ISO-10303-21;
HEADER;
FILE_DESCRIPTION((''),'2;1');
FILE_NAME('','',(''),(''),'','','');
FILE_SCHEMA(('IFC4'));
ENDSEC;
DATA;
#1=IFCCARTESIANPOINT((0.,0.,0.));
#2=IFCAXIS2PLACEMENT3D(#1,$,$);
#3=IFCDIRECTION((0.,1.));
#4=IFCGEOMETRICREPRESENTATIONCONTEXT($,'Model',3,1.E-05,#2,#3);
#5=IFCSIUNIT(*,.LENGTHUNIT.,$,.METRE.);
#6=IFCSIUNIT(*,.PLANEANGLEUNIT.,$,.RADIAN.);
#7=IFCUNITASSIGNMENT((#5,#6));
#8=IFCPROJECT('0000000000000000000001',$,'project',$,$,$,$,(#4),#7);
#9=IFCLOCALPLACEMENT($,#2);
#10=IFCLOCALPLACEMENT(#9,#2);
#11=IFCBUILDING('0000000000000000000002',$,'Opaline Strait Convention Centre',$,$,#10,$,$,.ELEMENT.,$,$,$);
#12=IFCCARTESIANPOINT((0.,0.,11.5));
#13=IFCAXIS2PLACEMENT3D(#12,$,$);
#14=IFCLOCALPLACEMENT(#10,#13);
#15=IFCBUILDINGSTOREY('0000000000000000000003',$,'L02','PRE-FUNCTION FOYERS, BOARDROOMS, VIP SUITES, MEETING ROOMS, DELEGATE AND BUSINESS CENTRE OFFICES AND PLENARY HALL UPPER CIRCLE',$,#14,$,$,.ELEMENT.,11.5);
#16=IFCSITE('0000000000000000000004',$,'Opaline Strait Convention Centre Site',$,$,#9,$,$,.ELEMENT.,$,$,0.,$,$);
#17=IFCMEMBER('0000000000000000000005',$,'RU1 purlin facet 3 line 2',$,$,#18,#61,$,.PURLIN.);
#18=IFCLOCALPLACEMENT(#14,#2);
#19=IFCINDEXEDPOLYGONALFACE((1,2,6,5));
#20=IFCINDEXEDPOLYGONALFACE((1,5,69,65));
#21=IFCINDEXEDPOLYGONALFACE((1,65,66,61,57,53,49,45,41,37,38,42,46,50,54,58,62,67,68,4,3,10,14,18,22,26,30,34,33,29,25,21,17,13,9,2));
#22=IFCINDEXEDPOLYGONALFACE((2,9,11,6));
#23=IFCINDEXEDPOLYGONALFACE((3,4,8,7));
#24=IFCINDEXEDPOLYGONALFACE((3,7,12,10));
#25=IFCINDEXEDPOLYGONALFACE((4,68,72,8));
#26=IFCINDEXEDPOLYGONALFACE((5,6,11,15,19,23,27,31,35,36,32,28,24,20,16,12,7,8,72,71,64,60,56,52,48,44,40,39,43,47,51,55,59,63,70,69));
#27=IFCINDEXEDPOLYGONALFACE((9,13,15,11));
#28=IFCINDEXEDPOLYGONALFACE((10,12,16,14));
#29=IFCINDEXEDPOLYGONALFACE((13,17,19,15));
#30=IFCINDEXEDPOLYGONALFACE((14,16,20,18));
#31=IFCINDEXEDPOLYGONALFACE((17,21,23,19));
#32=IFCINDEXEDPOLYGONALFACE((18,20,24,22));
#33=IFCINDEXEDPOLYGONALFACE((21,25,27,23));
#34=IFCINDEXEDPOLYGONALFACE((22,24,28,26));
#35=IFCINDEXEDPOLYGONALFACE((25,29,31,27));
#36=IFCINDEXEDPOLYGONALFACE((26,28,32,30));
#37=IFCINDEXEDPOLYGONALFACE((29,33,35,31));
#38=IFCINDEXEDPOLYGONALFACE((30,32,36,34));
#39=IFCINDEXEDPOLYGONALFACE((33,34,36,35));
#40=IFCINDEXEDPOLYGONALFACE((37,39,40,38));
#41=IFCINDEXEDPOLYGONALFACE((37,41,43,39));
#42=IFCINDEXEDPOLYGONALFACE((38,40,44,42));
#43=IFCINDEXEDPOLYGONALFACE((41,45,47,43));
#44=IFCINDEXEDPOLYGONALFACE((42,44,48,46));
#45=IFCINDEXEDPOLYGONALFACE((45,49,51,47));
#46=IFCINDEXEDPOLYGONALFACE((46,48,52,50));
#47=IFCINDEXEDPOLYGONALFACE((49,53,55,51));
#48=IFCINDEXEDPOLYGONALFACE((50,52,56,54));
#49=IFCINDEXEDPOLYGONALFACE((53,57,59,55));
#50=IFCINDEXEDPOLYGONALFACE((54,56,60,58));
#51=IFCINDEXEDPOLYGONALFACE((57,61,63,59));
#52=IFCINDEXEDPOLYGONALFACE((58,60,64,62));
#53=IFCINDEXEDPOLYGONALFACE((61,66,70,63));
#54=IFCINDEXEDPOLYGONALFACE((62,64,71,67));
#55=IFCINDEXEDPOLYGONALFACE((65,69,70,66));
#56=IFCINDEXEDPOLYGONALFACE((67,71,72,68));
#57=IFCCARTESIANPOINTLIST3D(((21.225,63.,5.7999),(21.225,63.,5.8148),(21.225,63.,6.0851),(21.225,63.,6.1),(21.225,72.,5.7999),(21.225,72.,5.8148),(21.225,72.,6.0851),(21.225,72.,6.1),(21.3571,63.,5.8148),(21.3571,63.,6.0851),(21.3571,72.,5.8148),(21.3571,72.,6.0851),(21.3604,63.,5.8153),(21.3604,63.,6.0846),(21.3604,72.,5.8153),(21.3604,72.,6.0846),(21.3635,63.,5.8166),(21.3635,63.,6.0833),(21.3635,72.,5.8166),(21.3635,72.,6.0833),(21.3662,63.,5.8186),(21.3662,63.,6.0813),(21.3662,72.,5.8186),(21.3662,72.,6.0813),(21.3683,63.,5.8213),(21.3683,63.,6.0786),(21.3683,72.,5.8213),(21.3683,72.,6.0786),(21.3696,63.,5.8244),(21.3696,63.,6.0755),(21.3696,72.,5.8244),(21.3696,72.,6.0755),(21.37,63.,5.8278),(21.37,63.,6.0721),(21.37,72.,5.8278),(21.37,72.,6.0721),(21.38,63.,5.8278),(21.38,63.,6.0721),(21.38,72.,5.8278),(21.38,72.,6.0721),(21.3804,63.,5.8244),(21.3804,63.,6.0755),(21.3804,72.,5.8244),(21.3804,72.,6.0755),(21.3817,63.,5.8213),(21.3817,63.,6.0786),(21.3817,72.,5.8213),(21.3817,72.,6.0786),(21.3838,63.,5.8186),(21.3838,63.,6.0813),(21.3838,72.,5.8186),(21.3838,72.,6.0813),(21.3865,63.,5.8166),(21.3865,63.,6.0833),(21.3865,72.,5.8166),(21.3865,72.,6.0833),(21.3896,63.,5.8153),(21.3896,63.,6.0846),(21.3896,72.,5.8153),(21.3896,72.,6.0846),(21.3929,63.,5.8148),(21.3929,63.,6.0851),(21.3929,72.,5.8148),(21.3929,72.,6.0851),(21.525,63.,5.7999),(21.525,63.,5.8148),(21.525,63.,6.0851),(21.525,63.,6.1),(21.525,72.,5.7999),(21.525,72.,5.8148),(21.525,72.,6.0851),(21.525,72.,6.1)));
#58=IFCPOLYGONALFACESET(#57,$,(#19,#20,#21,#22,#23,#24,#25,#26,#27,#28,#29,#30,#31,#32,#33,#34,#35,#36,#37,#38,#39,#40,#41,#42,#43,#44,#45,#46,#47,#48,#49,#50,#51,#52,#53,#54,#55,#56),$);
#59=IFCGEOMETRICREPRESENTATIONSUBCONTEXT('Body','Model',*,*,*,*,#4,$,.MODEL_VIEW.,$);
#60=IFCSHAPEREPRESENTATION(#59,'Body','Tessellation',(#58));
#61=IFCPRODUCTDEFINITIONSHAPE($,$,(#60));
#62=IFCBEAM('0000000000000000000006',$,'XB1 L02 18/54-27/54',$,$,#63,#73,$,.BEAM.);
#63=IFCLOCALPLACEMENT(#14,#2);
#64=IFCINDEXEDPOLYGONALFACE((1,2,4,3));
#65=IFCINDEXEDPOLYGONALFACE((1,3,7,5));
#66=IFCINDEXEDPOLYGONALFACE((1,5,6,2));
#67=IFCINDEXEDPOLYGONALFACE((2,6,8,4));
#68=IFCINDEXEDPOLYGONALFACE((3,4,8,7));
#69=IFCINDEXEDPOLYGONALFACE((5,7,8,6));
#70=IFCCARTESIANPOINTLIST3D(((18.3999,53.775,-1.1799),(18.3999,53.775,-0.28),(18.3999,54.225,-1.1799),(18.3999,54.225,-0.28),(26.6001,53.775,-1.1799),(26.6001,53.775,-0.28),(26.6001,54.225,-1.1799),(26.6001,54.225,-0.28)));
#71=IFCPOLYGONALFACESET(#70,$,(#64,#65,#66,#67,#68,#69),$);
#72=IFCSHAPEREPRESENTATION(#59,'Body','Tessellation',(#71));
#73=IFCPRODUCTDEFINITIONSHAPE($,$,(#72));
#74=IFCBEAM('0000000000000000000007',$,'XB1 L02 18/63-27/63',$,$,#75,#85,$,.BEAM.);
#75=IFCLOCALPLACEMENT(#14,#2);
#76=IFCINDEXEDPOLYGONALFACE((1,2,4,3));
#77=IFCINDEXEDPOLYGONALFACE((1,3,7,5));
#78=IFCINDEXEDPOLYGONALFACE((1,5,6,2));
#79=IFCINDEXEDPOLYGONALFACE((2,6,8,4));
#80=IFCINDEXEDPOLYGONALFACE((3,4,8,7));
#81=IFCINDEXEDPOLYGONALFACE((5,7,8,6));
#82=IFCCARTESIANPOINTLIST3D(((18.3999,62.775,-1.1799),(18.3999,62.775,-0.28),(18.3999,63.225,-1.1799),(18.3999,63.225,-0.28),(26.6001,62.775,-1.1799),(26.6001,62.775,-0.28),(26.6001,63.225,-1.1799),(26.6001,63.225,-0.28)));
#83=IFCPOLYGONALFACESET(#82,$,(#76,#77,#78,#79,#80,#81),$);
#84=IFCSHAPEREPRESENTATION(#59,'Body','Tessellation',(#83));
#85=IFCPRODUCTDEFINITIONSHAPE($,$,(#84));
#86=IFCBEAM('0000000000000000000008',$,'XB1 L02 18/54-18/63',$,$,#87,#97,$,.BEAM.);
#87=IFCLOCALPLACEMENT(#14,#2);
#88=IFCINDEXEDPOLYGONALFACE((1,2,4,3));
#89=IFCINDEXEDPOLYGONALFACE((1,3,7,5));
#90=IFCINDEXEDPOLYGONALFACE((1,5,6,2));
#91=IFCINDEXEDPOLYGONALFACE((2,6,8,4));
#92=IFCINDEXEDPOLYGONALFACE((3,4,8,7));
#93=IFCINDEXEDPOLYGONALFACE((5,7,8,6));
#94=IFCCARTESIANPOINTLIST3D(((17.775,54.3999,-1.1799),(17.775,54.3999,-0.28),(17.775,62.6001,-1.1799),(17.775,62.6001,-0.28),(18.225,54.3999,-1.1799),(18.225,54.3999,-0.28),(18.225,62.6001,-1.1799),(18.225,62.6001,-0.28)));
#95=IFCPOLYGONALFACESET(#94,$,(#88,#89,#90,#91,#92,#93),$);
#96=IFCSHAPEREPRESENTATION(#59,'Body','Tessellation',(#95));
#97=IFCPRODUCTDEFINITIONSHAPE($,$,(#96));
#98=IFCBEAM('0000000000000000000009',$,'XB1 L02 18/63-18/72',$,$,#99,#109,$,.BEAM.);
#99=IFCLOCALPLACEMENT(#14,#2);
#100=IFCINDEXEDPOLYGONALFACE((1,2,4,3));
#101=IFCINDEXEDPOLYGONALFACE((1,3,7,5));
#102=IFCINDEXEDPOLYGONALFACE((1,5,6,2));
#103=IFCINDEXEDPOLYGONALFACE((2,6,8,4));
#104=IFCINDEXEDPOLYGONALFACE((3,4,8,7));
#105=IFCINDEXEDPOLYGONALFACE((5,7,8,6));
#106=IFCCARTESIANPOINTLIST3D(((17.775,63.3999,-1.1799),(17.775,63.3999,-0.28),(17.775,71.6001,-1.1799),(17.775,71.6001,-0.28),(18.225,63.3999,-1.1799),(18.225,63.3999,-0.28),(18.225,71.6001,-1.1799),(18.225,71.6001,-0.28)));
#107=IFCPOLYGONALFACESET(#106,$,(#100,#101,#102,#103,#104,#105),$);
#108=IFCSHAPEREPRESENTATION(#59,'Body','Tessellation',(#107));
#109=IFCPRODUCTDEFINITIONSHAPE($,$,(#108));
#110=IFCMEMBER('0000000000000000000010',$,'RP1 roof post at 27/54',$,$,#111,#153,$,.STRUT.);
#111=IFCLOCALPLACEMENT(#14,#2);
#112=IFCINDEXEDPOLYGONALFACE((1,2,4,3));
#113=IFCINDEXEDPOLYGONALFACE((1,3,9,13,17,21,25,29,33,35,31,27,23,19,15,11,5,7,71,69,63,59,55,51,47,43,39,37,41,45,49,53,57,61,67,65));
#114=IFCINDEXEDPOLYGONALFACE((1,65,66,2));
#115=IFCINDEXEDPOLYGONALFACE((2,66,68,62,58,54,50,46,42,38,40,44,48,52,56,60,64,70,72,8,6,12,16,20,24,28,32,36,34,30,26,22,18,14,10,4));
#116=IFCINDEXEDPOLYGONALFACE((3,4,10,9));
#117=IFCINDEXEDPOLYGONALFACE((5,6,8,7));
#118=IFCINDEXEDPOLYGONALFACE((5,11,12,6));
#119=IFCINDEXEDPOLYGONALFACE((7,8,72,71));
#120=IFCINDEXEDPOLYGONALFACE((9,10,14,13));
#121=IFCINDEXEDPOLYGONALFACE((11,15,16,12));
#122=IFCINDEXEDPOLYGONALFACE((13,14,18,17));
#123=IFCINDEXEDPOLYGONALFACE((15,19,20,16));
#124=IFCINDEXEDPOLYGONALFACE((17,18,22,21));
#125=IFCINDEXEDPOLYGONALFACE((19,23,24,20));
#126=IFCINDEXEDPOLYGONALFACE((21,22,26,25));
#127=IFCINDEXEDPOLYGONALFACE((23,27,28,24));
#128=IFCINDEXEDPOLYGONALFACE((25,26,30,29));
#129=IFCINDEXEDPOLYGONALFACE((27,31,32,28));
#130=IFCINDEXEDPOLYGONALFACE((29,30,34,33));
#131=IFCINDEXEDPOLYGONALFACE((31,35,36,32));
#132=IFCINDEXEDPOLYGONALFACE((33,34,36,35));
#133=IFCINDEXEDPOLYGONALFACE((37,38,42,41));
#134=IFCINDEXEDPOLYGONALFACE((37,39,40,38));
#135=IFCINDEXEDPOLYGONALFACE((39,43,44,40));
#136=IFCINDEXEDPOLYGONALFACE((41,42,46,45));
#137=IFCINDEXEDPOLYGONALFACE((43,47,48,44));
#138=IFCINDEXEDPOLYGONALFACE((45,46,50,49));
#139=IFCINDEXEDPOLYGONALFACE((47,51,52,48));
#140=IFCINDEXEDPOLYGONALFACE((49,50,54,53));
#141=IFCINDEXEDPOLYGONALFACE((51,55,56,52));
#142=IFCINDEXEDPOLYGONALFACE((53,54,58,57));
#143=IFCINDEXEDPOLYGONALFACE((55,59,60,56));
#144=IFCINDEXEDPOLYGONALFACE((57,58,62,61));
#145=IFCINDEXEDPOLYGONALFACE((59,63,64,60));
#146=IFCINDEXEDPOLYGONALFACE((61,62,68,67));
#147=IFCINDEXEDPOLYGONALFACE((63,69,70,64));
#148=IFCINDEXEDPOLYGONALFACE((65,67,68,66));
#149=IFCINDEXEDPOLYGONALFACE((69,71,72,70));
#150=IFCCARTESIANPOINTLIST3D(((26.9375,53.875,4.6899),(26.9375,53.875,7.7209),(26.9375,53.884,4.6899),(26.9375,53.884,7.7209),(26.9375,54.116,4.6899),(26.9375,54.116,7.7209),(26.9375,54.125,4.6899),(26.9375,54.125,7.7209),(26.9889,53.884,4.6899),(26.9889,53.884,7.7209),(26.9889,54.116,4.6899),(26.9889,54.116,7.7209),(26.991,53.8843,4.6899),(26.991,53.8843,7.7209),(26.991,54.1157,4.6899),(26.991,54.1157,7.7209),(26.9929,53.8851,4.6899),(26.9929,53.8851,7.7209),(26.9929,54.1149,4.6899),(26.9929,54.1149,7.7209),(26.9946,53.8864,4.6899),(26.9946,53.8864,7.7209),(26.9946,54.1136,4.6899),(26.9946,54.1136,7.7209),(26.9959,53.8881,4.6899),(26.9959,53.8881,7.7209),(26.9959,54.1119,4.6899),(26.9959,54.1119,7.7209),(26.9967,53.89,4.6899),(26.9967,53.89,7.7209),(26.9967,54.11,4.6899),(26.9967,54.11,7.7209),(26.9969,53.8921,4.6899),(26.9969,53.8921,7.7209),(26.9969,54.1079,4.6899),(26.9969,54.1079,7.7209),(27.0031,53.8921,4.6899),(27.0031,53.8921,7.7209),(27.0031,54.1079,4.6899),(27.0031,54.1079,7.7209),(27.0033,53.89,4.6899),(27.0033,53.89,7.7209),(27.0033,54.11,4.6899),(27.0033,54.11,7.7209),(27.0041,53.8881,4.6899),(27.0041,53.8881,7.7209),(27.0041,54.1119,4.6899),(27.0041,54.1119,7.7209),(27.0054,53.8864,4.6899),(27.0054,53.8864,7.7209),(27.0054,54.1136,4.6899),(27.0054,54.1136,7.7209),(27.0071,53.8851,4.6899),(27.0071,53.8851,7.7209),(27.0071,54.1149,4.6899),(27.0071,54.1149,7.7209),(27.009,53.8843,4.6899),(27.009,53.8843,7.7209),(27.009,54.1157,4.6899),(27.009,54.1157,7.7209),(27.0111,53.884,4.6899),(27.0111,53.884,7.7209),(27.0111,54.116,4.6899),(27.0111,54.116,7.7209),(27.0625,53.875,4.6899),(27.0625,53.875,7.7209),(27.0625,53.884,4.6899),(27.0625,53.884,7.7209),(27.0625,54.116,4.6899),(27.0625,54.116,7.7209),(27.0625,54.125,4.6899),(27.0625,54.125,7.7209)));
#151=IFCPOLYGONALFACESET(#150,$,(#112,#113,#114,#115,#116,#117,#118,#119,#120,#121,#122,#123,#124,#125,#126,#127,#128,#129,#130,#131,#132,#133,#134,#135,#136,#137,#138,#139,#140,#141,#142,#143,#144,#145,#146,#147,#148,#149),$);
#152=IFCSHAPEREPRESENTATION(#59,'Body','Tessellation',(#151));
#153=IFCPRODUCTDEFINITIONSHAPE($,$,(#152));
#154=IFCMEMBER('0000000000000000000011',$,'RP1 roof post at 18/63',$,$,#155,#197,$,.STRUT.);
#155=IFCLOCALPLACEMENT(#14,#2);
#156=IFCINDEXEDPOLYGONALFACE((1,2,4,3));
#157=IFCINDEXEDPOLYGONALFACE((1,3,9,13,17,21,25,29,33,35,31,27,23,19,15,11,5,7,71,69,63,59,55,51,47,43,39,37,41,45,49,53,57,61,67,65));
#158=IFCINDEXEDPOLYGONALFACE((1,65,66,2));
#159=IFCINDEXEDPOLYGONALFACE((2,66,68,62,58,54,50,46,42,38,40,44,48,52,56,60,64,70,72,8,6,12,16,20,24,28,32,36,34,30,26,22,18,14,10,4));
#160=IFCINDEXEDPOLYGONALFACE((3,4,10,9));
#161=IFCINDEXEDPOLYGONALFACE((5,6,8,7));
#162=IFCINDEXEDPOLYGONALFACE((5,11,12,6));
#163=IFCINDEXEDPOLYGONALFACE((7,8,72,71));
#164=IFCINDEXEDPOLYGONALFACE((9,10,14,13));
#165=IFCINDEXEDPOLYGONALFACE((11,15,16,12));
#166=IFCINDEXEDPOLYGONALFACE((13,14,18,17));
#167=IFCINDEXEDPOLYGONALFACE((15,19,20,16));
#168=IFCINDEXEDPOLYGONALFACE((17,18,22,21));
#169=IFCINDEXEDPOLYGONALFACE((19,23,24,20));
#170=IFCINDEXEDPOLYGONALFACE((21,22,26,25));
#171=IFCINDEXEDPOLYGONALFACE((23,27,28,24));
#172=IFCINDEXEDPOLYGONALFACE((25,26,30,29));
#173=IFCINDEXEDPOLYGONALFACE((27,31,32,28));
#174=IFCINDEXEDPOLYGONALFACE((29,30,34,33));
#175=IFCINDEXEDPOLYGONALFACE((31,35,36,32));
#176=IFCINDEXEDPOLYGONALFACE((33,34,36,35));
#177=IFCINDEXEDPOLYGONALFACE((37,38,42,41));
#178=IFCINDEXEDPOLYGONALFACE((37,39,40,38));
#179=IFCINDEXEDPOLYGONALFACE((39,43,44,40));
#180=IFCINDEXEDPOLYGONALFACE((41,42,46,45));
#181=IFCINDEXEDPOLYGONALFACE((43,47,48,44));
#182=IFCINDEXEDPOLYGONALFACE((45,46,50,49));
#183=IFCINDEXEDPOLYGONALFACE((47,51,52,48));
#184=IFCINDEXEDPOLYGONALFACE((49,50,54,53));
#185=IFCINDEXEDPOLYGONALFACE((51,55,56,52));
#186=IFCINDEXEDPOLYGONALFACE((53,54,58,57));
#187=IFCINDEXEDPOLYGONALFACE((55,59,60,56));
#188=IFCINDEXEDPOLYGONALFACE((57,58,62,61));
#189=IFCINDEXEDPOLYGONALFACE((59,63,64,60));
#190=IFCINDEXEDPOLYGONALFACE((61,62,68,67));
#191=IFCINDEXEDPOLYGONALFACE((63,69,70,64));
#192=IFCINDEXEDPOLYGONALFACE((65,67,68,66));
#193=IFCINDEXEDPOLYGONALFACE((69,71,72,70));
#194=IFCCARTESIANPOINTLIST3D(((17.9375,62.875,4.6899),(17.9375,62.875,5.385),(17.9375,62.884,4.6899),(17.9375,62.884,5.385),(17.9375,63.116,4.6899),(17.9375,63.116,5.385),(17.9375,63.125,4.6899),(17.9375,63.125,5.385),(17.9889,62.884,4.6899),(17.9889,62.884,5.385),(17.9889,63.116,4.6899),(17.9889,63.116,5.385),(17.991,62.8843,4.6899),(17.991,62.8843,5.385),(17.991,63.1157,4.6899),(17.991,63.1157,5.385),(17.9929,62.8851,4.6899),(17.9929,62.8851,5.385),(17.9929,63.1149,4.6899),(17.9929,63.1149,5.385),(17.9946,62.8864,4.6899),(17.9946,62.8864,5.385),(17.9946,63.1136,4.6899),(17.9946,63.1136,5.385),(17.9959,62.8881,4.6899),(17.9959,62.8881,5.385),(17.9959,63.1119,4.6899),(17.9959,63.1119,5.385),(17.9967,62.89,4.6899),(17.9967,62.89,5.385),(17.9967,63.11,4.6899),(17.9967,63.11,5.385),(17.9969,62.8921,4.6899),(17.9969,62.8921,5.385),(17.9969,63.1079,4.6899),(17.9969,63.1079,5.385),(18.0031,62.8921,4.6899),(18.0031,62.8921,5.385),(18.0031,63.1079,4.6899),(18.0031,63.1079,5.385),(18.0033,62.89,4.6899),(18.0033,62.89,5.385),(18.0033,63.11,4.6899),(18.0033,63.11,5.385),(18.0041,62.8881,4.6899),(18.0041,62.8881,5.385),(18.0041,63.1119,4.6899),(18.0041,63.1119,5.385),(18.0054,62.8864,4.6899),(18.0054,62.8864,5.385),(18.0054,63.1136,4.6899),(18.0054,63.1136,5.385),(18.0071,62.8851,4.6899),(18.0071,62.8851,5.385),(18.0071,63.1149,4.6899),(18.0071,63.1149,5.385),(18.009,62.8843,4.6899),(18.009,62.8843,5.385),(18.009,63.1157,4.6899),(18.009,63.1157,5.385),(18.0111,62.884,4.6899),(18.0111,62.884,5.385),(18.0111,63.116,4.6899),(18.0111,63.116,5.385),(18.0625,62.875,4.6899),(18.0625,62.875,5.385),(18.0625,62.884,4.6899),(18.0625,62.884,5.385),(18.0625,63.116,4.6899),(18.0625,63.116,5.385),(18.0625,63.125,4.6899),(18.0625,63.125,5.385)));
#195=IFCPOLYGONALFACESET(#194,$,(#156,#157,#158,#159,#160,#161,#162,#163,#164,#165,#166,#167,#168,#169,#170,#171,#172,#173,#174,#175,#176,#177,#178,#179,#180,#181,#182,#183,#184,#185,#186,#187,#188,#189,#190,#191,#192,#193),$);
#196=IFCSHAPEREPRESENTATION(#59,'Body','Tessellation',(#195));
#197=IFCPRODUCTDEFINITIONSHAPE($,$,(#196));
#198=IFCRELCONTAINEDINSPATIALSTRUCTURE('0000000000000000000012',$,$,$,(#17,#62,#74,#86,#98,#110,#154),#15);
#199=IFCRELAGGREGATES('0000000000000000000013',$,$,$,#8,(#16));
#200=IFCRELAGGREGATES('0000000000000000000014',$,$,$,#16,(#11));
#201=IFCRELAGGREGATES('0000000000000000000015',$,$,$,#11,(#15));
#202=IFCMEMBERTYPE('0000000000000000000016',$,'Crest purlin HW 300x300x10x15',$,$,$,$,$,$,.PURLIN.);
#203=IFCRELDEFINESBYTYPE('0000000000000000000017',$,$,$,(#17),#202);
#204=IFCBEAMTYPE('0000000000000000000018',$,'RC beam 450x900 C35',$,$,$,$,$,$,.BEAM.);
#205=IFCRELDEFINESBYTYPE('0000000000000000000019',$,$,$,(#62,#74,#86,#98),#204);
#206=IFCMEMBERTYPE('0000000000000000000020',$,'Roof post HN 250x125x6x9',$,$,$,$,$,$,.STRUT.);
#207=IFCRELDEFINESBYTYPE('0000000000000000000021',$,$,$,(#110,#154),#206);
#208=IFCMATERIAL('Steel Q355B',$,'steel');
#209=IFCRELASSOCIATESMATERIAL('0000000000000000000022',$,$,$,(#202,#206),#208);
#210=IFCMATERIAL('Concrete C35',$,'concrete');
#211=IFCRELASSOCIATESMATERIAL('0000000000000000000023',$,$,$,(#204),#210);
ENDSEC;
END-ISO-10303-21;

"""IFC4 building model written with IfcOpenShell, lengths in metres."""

from ifc_helpers import new_model, si_unit, direction, frame, origin, origin_2d, place, context, subcontext, project, spatial, rectangle, i_section, extrude, material, material_profile, profile_set, type_object, element, save


model = new_model("IFC4")

# Units and contexts
model_context = context("Model", 3, precision=1e-05, world=origin(), true_north=direction((0.0, 1.0)))
body_context = subcontext(model_context, "Body", "Model", "MODEL_VIEW")
ifc_project = project(units=[si_unit("LENGTHUNIT", "METRE"), si_unit("PLANEANGLEUNIT", "RADIAN")], contexts=[model_context])

# Site, building, storey
site_placement = place(None, origin())
site = spatial("IfcSite", under=ifc_project, at=site_placement, Name="Opaline Strait Convention Centre Site", CompositionType="ELEMENT", RefElevation=0.0)
building_placement = place(site_placement, origin())
building = spatial("IfcBuilding", under=site, at=building_placement, Name="Opaline Strait Convention Centre", CompositionType="ELEMENT")
storey_placement = place(building_placement, frame((0.0, 0.0, 11.5)))
storey = spatial("IfcBuildingStorey", under=building, at=storey_placement, Name="L02", Description="PRE-FUNCTION FOYERS, BOARDROOMS, VIP SUITES, MEETING ROOMS, DELEGATE AND BUSINESS CENTRE OFFICES AND PLENARY HALL UPPER CIRCLE", CompositionType="ELEMENT", Elevation=11.5)

# Member
ifc_material_1 = material(Name="Steel Q355B", Category="steel")
ifc_material_profile_1 = material_profile(ifc_material_1, i_section(OverallWidth=0.3, OverallDepth=0.3, WebThickness=0.01, FlangeThickness=0.0149, FilletRadius=0.0129, at=origin_2d()), Name="HW 300x300x10x15")
ifc_profile_set_1 = profile_set([ifc_material_profile_1], Name="Steel Q355B")
member_type_1 = type_object("IfcMemberType", Name="Crest purlin HW 300x300x10x15", PredefinedType="PURLIN", material=ifc_profile_set_1)
for number, where, z_axis, x_axis, name in (
    (1, (21.375, 63.0, 5.95), (0.0, 1.0, 0.0), (-1.0, 0.0, 0.0), "RU1 purlin facet 3 line 2"),
):
    element("IfcMember", number, at=place(storey_placement, frame(where, z_axis=z_axis, x_axis=x_axis)), inside=storey, type_object=member_type_1, Name=name, PredefinedType="PURLIN", context=body_context, shape_type="SweptSolid", body=[
        extrude(i_section(OverallWidth=0.3, OverallDepth=0.3, WebThickness=0.01, FlangeThickness=0.0149, FilletRadius=0.0129, at=origin_2d()), origin(), (0.0, 0.0, 1.0), 9.0),
    ])

# Beams
ifc_material_2 = material(Name="Concrete C35", Category="concrete")
ifc_material_profile_2 = material_profile(ifc_material_2, rectangle(XDim=0.45, YDim=0.8999, at=origin_2d()), Name="RC 450x900")
ifc_profile_set_2 = profile_set([ifc_material_profile_2], Name="Concrete C35")
beam_type = type_object("IfcBeamType", Name="RC beam 450x900 C35", PredefinedType="BEAM", material=ifc_profile_set_2)
for number, where, z_axis, x_axis, name in (
    (2, (18.3999, 54.0, -0.73), (1.0, 0.0, 0.0), (0.0, 1.0, 0.0), "XB1 L02 18/54-27/54"),
    (3, (18.3999, 63.0, -0.73), (1.0, 0.0, 0.0), (0.0, 1.0, 0.0), "XB1 L02 18/63-27/63"),
    (4, (18.0, 54.3999, -0.73), (0.0, 1.0, 0.0), (-1.0, 0.0, 0.0), "XB1 L02 18/54-18/63"),
    (5, (18.0, 63.3999, -0.73), (0.0, 1.0, 0.0), (-1.0, 0.0, 0.0), "XB1 L02 18/63-18/72"),
):
    element("IfcBeam", number, at=place(storey_placement, frame(where, z_axis=z_axis, x_axis=x_axis)), inside=storey, type_object=beam_type, Name=name, PredefinedType="BEAM", context=body_context, shape_type="SweptSolid", body=[
        extrude(rectangle(XDim=0.45, YDim=0.8999, at=origin_2d()), origin(), (0.0, 0.0, 1.0), 8.2002),
    ])

# Members
ifc_material_profile_3 = material_profile(ifc_material_1, i_section(OverallWidth=0.125, OverallDepth=0.25, WebThickness=0.0061, FlangeThickness=0.009, FilletRadius=0.0081, at=origin_2d()), Name="HN 250x125x6x9")
ifc_profile_set_3 = profile_set([ifc_material_profile_3], Name="Steel Q355B")
member_type_2 = type_object("IfcMemberType", Name="Roof post HN 250x125x6x9", PredefinedType="STRUT", material=ifc_profile_set_3)
member_1_placement = place(storey_placement, frame((27.0, 54.0, 4.6899), z_axis=(0.0, 0.0, 1.0), x_axis=(1.0, 0.0, 0.0)))
element("IfcMember", 6, at=member_1_placement, inside=storey, type_object=member_type_2, Name="RP1 roof post at 27/54", PredefinedType="STRUT", context=body_context, shape_type="SweptSolid", body=[
    extrude(i_section(OverallWidth=0.125, OverallDepth=0.25, WebThickness=0.0061, FlangeThickness=0.009, FilletRadius=0.0081, at=origin_2d()), origin(), (0.0, 0.0, 1.0), 3.031),
])
member_2_placement = place(storey_placement, frame((18.0, 63.0, 4.6899), z_axis=(0.0, 0.0, 1.0), x_axis=(1.0, 0.0, 0.0)))
element("IfcMember", 7, at=member_2_placement, inside=storey, type_object=member_type_2, Name="RP1 roof post at 18/63", PredefinedType="STRUT", context=body_context, shape_type="SweptSolid", body=[
    extrude(i_section(OverallWidth=0.125, OverallDepth=0.25, WebThickness=0.0061, FlangeThickness=0.009, FilletRadius=0.0081, at=origin_2d()), origin(), (0.0, 0.0, 1.0), 0.6951),
])

save(model, "model.ifc")
